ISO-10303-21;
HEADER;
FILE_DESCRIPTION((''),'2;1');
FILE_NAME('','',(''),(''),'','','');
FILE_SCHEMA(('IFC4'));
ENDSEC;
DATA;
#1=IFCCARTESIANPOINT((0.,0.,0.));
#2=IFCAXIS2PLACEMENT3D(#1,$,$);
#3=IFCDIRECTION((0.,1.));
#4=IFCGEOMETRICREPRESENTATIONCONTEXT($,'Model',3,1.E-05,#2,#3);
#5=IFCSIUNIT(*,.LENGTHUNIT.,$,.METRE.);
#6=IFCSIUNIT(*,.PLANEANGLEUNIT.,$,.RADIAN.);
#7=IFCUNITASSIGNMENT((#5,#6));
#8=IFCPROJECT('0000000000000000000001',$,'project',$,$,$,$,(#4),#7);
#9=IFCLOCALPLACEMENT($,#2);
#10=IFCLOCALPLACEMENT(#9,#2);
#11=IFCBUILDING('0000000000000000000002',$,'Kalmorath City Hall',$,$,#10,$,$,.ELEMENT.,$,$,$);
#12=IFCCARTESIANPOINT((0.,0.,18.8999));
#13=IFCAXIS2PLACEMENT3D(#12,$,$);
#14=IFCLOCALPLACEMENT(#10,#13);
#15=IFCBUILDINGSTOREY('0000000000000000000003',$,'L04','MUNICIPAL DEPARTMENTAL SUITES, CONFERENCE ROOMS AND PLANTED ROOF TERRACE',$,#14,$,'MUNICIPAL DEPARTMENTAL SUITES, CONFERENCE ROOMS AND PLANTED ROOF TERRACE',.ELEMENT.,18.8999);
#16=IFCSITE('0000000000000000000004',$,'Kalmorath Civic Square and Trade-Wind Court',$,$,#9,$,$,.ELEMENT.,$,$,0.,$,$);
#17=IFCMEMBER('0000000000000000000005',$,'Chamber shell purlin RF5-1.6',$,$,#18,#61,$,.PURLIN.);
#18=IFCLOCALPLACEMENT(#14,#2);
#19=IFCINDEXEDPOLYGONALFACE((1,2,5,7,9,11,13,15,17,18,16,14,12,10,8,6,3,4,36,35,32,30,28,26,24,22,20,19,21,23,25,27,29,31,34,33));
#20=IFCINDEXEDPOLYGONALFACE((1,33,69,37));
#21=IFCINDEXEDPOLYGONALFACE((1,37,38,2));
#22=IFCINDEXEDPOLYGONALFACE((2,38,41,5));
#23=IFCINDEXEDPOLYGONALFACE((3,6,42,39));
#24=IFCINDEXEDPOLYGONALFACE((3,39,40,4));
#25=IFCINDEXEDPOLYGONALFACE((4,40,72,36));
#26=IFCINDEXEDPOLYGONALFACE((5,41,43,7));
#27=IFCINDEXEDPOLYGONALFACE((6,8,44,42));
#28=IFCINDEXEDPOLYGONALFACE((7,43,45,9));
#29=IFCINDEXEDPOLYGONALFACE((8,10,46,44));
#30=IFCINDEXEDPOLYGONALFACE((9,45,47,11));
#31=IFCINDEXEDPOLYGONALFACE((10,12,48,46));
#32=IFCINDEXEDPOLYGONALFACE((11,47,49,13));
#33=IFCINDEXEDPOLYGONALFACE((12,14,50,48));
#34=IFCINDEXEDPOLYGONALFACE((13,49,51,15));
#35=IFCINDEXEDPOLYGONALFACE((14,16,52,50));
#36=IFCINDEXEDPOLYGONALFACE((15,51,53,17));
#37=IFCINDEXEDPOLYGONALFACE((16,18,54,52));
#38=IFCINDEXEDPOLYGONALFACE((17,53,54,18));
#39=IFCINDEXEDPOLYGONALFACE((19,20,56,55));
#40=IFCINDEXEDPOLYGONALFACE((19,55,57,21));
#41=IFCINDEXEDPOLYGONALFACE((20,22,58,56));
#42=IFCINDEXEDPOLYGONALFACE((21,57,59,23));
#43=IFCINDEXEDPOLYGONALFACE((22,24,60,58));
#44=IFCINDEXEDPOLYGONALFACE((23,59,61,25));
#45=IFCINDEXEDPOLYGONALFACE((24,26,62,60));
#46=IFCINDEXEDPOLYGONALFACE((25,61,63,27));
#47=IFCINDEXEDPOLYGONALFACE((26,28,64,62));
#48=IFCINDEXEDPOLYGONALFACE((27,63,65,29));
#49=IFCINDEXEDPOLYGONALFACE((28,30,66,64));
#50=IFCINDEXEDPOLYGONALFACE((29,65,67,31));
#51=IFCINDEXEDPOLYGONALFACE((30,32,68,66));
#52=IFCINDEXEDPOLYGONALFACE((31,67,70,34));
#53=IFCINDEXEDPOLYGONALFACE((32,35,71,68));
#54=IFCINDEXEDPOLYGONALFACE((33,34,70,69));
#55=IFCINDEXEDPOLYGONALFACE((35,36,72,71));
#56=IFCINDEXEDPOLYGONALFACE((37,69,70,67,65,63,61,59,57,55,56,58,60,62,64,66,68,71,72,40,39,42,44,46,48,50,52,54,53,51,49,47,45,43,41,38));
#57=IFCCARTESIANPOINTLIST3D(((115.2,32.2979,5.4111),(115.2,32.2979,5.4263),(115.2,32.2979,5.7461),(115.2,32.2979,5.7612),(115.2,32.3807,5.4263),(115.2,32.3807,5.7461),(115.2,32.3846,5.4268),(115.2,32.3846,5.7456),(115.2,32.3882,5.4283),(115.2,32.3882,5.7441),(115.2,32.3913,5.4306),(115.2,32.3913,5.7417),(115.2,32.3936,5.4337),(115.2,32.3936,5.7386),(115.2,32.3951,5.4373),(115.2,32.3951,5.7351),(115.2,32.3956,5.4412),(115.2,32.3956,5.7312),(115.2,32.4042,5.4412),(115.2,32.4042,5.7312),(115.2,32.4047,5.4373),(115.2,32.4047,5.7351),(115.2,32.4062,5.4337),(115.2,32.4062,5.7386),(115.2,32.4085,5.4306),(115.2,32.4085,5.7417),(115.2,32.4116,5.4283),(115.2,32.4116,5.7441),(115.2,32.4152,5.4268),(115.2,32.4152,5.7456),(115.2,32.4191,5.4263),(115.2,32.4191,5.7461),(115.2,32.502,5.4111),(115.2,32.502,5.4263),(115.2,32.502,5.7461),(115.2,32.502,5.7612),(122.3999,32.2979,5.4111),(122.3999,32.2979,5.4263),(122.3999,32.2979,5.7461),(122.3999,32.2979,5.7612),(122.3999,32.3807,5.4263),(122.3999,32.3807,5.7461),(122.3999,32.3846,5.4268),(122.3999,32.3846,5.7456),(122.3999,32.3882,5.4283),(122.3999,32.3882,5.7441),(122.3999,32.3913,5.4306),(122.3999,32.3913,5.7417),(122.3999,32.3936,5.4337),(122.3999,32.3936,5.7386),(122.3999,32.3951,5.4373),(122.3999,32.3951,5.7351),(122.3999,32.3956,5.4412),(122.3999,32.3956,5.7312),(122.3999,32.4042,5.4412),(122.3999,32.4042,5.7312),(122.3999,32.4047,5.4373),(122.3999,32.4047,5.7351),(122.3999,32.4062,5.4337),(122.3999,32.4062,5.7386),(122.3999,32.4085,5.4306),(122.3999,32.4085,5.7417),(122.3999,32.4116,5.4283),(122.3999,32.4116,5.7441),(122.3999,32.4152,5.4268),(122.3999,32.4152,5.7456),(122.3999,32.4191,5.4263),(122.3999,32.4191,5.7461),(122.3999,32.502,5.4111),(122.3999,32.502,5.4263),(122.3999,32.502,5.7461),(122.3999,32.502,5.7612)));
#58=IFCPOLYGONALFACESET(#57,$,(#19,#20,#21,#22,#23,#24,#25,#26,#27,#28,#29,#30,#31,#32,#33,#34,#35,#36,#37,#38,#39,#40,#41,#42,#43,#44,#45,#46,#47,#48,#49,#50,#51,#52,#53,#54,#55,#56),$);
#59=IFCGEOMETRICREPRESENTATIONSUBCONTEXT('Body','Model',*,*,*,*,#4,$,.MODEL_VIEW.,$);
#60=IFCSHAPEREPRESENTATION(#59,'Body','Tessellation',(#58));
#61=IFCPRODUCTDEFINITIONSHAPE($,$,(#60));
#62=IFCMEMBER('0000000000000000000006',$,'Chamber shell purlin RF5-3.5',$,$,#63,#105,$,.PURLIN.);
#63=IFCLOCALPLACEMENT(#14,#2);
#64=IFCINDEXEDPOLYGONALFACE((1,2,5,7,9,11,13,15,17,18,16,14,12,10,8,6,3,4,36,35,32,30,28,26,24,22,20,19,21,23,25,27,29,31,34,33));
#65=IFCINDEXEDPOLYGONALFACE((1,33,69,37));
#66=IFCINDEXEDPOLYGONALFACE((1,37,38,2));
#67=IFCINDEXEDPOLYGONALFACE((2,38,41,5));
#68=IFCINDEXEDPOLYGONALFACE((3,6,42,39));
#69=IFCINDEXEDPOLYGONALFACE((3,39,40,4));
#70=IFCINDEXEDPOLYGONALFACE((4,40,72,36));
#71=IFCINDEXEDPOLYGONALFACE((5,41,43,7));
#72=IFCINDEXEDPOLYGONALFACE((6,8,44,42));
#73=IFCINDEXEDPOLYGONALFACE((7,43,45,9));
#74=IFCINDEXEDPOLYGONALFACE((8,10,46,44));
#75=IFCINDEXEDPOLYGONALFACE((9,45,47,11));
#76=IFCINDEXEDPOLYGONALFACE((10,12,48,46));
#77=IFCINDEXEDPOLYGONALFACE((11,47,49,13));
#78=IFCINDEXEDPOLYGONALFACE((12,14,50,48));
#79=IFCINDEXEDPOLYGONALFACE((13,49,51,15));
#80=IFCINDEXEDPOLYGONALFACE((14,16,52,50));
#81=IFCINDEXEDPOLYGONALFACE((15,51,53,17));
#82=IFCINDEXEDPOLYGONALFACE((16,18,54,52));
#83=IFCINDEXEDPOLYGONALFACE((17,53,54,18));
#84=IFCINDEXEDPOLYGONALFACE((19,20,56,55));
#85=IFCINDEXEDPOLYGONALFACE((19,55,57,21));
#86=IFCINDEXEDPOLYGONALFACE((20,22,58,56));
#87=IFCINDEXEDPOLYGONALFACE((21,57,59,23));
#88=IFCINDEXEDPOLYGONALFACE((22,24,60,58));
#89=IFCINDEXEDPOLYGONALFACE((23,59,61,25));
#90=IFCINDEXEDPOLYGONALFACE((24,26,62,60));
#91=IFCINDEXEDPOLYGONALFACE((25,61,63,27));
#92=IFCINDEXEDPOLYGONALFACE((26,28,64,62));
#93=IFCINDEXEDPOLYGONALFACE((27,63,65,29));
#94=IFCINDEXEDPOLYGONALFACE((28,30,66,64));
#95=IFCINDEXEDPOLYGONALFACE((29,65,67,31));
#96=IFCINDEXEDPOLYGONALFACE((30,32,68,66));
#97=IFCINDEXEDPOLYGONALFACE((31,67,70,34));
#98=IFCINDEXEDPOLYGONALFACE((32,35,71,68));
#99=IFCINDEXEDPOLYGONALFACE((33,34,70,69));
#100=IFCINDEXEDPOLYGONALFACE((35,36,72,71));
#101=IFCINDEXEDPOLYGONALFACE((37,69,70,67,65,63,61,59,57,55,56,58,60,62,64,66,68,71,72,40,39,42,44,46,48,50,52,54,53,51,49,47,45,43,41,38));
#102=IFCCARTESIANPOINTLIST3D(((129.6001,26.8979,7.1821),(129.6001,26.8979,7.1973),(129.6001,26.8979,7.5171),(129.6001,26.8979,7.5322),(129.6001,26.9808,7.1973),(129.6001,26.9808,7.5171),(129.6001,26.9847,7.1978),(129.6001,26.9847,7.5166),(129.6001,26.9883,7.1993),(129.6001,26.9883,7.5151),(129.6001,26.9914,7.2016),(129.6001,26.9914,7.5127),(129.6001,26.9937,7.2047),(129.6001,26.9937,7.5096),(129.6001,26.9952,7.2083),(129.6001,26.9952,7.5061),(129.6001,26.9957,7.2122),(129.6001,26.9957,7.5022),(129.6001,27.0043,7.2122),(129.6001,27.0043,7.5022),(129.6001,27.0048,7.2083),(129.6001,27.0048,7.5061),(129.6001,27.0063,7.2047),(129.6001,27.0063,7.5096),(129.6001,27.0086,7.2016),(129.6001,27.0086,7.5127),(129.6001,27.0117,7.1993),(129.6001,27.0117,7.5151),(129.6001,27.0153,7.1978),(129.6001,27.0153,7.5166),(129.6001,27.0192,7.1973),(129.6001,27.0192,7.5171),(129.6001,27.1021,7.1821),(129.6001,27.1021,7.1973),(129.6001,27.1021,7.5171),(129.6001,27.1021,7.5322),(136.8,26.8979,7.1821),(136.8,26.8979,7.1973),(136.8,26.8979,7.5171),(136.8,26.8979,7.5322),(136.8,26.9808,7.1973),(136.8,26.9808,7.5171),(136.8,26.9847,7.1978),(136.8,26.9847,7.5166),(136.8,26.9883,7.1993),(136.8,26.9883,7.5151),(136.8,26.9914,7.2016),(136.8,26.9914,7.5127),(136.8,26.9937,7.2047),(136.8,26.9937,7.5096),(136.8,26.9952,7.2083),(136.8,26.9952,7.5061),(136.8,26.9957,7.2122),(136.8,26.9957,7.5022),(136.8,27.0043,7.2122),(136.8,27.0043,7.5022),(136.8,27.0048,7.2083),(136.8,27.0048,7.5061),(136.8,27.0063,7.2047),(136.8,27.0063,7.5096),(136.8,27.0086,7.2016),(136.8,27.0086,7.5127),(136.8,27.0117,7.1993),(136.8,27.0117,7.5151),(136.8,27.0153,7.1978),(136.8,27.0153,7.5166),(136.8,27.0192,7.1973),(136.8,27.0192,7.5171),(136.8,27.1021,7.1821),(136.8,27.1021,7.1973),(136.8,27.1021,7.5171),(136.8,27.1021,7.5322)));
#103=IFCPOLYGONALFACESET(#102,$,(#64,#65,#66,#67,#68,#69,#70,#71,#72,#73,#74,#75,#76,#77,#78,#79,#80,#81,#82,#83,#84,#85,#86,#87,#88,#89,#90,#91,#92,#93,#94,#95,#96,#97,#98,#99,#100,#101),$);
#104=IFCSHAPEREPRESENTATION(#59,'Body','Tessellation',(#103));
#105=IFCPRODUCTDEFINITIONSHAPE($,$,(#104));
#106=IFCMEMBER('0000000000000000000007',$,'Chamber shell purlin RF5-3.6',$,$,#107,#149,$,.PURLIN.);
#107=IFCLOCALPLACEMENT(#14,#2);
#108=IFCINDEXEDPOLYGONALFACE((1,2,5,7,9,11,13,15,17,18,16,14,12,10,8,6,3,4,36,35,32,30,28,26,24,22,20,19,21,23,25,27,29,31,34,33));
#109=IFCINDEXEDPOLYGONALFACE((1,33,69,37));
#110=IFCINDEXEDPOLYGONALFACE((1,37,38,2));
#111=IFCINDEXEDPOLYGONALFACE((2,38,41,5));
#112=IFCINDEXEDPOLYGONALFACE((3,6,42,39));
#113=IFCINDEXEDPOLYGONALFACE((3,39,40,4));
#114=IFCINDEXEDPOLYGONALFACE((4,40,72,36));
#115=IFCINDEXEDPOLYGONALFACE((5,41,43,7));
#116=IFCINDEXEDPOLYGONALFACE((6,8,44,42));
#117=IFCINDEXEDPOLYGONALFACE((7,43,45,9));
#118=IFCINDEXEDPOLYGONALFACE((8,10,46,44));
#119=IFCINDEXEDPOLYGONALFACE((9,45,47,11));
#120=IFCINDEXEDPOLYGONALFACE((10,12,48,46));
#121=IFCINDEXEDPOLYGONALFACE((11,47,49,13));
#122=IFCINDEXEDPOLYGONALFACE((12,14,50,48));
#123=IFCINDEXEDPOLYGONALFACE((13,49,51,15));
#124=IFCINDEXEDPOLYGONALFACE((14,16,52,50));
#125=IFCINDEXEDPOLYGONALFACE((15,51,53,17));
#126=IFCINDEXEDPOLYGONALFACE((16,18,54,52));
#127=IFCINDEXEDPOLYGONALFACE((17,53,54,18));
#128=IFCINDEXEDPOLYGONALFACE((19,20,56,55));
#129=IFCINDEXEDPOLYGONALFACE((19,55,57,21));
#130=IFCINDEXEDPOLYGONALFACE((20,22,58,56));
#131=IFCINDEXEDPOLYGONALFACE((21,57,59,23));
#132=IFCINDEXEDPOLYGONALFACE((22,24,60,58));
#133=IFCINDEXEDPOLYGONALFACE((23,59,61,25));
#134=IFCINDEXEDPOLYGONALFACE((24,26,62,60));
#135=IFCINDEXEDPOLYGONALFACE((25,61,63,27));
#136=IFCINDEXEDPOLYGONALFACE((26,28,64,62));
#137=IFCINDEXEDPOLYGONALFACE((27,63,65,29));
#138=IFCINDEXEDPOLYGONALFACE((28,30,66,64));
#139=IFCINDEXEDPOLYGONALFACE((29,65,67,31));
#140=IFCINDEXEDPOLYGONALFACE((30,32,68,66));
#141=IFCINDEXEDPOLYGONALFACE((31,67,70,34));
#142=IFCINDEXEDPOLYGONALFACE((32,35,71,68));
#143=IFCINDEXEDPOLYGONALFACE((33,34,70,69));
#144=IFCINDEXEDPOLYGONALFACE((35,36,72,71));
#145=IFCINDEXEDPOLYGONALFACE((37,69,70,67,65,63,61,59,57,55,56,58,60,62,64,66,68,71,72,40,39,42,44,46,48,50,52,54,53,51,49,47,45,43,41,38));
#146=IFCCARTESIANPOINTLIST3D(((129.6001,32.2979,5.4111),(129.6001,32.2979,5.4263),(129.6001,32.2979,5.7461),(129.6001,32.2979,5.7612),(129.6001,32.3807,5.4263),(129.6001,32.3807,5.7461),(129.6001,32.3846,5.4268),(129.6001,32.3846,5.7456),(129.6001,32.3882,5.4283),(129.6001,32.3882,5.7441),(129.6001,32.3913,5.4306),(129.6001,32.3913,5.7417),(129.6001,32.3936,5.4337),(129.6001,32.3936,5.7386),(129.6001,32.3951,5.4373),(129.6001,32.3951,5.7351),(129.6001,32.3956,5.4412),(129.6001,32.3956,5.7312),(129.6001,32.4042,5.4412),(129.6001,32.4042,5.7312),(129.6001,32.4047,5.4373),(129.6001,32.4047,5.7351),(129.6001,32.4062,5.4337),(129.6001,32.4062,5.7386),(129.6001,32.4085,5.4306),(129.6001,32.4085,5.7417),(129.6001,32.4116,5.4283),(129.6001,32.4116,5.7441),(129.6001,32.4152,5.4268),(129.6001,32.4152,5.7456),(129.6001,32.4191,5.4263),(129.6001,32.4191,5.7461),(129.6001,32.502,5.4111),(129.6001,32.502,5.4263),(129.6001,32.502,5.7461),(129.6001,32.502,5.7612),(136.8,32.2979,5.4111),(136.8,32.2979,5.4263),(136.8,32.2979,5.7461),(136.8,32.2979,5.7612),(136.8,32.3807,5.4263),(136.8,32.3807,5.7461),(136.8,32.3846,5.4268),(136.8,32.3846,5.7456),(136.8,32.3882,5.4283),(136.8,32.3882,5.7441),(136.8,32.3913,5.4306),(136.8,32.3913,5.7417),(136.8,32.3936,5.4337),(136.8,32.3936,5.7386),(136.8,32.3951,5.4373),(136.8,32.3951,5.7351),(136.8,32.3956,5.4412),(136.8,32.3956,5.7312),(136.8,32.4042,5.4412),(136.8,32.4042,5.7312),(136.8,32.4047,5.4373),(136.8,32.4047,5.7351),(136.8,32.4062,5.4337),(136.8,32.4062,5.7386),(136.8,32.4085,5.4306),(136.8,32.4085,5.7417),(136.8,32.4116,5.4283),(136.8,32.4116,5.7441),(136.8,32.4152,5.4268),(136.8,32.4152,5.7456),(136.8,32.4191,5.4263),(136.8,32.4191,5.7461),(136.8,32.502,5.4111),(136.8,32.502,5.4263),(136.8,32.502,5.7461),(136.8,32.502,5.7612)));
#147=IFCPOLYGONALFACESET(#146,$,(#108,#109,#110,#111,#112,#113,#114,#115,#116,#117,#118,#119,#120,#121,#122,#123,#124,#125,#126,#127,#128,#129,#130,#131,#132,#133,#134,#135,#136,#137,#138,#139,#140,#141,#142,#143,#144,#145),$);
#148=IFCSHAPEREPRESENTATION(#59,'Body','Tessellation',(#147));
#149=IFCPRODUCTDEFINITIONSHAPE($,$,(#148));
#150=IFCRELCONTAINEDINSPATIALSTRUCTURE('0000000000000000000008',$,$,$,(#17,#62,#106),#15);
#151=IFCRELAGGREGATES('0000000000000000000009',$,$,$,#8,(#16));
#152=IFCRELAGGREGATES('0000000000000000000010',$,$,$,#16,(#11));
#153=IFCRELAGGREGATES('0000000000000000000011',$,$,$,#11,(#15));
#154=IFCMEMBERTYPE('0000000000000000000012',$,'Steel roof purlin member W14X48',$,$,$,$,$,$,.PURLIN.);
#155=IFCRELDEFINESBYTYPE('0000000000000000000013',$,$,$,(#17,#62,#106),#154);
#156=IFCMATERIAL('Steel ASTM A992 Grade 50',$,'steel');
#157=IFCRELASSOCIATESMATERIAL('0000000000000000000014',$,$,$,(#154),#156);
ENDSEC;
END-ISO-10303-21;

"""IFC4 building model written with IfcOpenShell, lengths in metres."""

from ifc_helpers import new_model, si_unit, direction, frame, origin, origin_2d, place, context, subcontext, project, spatial, i_section, extrude, material, material_profile, profile_set, type_object, element, save


model = new_model("IFC4")

# Units and contexts
model_context = context("Model", 3, precision=1e-05, world=origin(), true_north=direction((0.0, 1.0)))
body_context = subcontext(model_context, "Body", "Model", "MODEL_VIEW")
ifc_project = project(units=[si_unit("LENGTHUNIT", "METRE"), si_unit("PLANEANGLEUNIT", "RADIAN")], contexts=[model_context])

# Site, building, storey
site_placement = place(None, origin())
site = spatial("IfcSite", under=ifc_project, at=site_placement, Name="Kalmorath Civic Square and Trade-Wind Court", CompositionType="ELEMENT", RefElevation=0.0)
building_placement = place(site_placement, origin())
building = spatial("IfcBuilding", under=site, at=building_placement, Name="Kalmorath City Hall", CompositionType="ELEMENT")
storey_placement = place(building_placement, frame((0.0, 0.0, 18.8999)))
storey = spatial("IfcBuildingStorey", under=building, at=storey_placement, Name="L04", Description="MUNICIPAL DEPARTMENTAL SUITES, CONFERENCE ROOMS AND PLANTED ROOF TERRACE", LongName="MUNICIPAL DEPARTMENTAL SUITES, CONFERENCE ROOMS AND PLANTED ROOF TERRACE", CompositionType="ELEMENT", Elevation=18.8999)

# Members
ifc_material_1 = material(Name="Steel ASTM A992 Grade 50", Category="steel")
ifc_material_profile_1 = material_profile(ifc_material_1, i_section(OverallWidth=0.2041, OverallDepth=0.3501, WebThickness=0.0085, FlangeThickness=0.0151, FilletRadius=0.0149, at=origin_2d()), Name="W14X48")
ifc_profile_set_1 = profile_set([ifc_material_profile_1], Name="Steel ASTM A992 Grade 50")
member_type_1 = type_object("IfcMemberType", Name="Steel roof purlin member W14X48", PredefinedType="PURLIN", material=ifc_profile_set_1)
for number, where, z_axis, x_axis, name in (
    (1, (115.2, 32.3999, 5.5862), (1.0, 0.0, 0.0), (0.0, 1.0, 0.0), "Chamber shell purlin RF5-1.6"),
    (2, (129.6001, 27.0, 7.3572), (1.0, 0.0, 0.0), (0.0, 1.0, 0.0), "Chamber shell purlin RF5-3.5"),
    (3, (129.6001, 32.3999, 5.5862), (1.0, 0.0, 0.0), (0.0, 1.0, 0.0), "Chamber shell purlin RF5-3.6"),
):
    element("IfcMember", number, at=place(storey_placement, frame(where, z_axis=z_axis, x_axis=x_axis)), inside=storey, type_object=member_type_1, Name=name, PredefinedType="PURLIN", context=body_context, shape_type="SweptSolid", body=[
        extrude(i_section(OverallWidth=0.2041, OverallDepth=0.3501, WebThickness=0.0085, FlangeThickness=0.0151, FilletRadius=0.0149, at=origin_2d()), origin(), (0.0, 0.0, 1.0), 7.2),
    ])

save(model, "model.ifc")
